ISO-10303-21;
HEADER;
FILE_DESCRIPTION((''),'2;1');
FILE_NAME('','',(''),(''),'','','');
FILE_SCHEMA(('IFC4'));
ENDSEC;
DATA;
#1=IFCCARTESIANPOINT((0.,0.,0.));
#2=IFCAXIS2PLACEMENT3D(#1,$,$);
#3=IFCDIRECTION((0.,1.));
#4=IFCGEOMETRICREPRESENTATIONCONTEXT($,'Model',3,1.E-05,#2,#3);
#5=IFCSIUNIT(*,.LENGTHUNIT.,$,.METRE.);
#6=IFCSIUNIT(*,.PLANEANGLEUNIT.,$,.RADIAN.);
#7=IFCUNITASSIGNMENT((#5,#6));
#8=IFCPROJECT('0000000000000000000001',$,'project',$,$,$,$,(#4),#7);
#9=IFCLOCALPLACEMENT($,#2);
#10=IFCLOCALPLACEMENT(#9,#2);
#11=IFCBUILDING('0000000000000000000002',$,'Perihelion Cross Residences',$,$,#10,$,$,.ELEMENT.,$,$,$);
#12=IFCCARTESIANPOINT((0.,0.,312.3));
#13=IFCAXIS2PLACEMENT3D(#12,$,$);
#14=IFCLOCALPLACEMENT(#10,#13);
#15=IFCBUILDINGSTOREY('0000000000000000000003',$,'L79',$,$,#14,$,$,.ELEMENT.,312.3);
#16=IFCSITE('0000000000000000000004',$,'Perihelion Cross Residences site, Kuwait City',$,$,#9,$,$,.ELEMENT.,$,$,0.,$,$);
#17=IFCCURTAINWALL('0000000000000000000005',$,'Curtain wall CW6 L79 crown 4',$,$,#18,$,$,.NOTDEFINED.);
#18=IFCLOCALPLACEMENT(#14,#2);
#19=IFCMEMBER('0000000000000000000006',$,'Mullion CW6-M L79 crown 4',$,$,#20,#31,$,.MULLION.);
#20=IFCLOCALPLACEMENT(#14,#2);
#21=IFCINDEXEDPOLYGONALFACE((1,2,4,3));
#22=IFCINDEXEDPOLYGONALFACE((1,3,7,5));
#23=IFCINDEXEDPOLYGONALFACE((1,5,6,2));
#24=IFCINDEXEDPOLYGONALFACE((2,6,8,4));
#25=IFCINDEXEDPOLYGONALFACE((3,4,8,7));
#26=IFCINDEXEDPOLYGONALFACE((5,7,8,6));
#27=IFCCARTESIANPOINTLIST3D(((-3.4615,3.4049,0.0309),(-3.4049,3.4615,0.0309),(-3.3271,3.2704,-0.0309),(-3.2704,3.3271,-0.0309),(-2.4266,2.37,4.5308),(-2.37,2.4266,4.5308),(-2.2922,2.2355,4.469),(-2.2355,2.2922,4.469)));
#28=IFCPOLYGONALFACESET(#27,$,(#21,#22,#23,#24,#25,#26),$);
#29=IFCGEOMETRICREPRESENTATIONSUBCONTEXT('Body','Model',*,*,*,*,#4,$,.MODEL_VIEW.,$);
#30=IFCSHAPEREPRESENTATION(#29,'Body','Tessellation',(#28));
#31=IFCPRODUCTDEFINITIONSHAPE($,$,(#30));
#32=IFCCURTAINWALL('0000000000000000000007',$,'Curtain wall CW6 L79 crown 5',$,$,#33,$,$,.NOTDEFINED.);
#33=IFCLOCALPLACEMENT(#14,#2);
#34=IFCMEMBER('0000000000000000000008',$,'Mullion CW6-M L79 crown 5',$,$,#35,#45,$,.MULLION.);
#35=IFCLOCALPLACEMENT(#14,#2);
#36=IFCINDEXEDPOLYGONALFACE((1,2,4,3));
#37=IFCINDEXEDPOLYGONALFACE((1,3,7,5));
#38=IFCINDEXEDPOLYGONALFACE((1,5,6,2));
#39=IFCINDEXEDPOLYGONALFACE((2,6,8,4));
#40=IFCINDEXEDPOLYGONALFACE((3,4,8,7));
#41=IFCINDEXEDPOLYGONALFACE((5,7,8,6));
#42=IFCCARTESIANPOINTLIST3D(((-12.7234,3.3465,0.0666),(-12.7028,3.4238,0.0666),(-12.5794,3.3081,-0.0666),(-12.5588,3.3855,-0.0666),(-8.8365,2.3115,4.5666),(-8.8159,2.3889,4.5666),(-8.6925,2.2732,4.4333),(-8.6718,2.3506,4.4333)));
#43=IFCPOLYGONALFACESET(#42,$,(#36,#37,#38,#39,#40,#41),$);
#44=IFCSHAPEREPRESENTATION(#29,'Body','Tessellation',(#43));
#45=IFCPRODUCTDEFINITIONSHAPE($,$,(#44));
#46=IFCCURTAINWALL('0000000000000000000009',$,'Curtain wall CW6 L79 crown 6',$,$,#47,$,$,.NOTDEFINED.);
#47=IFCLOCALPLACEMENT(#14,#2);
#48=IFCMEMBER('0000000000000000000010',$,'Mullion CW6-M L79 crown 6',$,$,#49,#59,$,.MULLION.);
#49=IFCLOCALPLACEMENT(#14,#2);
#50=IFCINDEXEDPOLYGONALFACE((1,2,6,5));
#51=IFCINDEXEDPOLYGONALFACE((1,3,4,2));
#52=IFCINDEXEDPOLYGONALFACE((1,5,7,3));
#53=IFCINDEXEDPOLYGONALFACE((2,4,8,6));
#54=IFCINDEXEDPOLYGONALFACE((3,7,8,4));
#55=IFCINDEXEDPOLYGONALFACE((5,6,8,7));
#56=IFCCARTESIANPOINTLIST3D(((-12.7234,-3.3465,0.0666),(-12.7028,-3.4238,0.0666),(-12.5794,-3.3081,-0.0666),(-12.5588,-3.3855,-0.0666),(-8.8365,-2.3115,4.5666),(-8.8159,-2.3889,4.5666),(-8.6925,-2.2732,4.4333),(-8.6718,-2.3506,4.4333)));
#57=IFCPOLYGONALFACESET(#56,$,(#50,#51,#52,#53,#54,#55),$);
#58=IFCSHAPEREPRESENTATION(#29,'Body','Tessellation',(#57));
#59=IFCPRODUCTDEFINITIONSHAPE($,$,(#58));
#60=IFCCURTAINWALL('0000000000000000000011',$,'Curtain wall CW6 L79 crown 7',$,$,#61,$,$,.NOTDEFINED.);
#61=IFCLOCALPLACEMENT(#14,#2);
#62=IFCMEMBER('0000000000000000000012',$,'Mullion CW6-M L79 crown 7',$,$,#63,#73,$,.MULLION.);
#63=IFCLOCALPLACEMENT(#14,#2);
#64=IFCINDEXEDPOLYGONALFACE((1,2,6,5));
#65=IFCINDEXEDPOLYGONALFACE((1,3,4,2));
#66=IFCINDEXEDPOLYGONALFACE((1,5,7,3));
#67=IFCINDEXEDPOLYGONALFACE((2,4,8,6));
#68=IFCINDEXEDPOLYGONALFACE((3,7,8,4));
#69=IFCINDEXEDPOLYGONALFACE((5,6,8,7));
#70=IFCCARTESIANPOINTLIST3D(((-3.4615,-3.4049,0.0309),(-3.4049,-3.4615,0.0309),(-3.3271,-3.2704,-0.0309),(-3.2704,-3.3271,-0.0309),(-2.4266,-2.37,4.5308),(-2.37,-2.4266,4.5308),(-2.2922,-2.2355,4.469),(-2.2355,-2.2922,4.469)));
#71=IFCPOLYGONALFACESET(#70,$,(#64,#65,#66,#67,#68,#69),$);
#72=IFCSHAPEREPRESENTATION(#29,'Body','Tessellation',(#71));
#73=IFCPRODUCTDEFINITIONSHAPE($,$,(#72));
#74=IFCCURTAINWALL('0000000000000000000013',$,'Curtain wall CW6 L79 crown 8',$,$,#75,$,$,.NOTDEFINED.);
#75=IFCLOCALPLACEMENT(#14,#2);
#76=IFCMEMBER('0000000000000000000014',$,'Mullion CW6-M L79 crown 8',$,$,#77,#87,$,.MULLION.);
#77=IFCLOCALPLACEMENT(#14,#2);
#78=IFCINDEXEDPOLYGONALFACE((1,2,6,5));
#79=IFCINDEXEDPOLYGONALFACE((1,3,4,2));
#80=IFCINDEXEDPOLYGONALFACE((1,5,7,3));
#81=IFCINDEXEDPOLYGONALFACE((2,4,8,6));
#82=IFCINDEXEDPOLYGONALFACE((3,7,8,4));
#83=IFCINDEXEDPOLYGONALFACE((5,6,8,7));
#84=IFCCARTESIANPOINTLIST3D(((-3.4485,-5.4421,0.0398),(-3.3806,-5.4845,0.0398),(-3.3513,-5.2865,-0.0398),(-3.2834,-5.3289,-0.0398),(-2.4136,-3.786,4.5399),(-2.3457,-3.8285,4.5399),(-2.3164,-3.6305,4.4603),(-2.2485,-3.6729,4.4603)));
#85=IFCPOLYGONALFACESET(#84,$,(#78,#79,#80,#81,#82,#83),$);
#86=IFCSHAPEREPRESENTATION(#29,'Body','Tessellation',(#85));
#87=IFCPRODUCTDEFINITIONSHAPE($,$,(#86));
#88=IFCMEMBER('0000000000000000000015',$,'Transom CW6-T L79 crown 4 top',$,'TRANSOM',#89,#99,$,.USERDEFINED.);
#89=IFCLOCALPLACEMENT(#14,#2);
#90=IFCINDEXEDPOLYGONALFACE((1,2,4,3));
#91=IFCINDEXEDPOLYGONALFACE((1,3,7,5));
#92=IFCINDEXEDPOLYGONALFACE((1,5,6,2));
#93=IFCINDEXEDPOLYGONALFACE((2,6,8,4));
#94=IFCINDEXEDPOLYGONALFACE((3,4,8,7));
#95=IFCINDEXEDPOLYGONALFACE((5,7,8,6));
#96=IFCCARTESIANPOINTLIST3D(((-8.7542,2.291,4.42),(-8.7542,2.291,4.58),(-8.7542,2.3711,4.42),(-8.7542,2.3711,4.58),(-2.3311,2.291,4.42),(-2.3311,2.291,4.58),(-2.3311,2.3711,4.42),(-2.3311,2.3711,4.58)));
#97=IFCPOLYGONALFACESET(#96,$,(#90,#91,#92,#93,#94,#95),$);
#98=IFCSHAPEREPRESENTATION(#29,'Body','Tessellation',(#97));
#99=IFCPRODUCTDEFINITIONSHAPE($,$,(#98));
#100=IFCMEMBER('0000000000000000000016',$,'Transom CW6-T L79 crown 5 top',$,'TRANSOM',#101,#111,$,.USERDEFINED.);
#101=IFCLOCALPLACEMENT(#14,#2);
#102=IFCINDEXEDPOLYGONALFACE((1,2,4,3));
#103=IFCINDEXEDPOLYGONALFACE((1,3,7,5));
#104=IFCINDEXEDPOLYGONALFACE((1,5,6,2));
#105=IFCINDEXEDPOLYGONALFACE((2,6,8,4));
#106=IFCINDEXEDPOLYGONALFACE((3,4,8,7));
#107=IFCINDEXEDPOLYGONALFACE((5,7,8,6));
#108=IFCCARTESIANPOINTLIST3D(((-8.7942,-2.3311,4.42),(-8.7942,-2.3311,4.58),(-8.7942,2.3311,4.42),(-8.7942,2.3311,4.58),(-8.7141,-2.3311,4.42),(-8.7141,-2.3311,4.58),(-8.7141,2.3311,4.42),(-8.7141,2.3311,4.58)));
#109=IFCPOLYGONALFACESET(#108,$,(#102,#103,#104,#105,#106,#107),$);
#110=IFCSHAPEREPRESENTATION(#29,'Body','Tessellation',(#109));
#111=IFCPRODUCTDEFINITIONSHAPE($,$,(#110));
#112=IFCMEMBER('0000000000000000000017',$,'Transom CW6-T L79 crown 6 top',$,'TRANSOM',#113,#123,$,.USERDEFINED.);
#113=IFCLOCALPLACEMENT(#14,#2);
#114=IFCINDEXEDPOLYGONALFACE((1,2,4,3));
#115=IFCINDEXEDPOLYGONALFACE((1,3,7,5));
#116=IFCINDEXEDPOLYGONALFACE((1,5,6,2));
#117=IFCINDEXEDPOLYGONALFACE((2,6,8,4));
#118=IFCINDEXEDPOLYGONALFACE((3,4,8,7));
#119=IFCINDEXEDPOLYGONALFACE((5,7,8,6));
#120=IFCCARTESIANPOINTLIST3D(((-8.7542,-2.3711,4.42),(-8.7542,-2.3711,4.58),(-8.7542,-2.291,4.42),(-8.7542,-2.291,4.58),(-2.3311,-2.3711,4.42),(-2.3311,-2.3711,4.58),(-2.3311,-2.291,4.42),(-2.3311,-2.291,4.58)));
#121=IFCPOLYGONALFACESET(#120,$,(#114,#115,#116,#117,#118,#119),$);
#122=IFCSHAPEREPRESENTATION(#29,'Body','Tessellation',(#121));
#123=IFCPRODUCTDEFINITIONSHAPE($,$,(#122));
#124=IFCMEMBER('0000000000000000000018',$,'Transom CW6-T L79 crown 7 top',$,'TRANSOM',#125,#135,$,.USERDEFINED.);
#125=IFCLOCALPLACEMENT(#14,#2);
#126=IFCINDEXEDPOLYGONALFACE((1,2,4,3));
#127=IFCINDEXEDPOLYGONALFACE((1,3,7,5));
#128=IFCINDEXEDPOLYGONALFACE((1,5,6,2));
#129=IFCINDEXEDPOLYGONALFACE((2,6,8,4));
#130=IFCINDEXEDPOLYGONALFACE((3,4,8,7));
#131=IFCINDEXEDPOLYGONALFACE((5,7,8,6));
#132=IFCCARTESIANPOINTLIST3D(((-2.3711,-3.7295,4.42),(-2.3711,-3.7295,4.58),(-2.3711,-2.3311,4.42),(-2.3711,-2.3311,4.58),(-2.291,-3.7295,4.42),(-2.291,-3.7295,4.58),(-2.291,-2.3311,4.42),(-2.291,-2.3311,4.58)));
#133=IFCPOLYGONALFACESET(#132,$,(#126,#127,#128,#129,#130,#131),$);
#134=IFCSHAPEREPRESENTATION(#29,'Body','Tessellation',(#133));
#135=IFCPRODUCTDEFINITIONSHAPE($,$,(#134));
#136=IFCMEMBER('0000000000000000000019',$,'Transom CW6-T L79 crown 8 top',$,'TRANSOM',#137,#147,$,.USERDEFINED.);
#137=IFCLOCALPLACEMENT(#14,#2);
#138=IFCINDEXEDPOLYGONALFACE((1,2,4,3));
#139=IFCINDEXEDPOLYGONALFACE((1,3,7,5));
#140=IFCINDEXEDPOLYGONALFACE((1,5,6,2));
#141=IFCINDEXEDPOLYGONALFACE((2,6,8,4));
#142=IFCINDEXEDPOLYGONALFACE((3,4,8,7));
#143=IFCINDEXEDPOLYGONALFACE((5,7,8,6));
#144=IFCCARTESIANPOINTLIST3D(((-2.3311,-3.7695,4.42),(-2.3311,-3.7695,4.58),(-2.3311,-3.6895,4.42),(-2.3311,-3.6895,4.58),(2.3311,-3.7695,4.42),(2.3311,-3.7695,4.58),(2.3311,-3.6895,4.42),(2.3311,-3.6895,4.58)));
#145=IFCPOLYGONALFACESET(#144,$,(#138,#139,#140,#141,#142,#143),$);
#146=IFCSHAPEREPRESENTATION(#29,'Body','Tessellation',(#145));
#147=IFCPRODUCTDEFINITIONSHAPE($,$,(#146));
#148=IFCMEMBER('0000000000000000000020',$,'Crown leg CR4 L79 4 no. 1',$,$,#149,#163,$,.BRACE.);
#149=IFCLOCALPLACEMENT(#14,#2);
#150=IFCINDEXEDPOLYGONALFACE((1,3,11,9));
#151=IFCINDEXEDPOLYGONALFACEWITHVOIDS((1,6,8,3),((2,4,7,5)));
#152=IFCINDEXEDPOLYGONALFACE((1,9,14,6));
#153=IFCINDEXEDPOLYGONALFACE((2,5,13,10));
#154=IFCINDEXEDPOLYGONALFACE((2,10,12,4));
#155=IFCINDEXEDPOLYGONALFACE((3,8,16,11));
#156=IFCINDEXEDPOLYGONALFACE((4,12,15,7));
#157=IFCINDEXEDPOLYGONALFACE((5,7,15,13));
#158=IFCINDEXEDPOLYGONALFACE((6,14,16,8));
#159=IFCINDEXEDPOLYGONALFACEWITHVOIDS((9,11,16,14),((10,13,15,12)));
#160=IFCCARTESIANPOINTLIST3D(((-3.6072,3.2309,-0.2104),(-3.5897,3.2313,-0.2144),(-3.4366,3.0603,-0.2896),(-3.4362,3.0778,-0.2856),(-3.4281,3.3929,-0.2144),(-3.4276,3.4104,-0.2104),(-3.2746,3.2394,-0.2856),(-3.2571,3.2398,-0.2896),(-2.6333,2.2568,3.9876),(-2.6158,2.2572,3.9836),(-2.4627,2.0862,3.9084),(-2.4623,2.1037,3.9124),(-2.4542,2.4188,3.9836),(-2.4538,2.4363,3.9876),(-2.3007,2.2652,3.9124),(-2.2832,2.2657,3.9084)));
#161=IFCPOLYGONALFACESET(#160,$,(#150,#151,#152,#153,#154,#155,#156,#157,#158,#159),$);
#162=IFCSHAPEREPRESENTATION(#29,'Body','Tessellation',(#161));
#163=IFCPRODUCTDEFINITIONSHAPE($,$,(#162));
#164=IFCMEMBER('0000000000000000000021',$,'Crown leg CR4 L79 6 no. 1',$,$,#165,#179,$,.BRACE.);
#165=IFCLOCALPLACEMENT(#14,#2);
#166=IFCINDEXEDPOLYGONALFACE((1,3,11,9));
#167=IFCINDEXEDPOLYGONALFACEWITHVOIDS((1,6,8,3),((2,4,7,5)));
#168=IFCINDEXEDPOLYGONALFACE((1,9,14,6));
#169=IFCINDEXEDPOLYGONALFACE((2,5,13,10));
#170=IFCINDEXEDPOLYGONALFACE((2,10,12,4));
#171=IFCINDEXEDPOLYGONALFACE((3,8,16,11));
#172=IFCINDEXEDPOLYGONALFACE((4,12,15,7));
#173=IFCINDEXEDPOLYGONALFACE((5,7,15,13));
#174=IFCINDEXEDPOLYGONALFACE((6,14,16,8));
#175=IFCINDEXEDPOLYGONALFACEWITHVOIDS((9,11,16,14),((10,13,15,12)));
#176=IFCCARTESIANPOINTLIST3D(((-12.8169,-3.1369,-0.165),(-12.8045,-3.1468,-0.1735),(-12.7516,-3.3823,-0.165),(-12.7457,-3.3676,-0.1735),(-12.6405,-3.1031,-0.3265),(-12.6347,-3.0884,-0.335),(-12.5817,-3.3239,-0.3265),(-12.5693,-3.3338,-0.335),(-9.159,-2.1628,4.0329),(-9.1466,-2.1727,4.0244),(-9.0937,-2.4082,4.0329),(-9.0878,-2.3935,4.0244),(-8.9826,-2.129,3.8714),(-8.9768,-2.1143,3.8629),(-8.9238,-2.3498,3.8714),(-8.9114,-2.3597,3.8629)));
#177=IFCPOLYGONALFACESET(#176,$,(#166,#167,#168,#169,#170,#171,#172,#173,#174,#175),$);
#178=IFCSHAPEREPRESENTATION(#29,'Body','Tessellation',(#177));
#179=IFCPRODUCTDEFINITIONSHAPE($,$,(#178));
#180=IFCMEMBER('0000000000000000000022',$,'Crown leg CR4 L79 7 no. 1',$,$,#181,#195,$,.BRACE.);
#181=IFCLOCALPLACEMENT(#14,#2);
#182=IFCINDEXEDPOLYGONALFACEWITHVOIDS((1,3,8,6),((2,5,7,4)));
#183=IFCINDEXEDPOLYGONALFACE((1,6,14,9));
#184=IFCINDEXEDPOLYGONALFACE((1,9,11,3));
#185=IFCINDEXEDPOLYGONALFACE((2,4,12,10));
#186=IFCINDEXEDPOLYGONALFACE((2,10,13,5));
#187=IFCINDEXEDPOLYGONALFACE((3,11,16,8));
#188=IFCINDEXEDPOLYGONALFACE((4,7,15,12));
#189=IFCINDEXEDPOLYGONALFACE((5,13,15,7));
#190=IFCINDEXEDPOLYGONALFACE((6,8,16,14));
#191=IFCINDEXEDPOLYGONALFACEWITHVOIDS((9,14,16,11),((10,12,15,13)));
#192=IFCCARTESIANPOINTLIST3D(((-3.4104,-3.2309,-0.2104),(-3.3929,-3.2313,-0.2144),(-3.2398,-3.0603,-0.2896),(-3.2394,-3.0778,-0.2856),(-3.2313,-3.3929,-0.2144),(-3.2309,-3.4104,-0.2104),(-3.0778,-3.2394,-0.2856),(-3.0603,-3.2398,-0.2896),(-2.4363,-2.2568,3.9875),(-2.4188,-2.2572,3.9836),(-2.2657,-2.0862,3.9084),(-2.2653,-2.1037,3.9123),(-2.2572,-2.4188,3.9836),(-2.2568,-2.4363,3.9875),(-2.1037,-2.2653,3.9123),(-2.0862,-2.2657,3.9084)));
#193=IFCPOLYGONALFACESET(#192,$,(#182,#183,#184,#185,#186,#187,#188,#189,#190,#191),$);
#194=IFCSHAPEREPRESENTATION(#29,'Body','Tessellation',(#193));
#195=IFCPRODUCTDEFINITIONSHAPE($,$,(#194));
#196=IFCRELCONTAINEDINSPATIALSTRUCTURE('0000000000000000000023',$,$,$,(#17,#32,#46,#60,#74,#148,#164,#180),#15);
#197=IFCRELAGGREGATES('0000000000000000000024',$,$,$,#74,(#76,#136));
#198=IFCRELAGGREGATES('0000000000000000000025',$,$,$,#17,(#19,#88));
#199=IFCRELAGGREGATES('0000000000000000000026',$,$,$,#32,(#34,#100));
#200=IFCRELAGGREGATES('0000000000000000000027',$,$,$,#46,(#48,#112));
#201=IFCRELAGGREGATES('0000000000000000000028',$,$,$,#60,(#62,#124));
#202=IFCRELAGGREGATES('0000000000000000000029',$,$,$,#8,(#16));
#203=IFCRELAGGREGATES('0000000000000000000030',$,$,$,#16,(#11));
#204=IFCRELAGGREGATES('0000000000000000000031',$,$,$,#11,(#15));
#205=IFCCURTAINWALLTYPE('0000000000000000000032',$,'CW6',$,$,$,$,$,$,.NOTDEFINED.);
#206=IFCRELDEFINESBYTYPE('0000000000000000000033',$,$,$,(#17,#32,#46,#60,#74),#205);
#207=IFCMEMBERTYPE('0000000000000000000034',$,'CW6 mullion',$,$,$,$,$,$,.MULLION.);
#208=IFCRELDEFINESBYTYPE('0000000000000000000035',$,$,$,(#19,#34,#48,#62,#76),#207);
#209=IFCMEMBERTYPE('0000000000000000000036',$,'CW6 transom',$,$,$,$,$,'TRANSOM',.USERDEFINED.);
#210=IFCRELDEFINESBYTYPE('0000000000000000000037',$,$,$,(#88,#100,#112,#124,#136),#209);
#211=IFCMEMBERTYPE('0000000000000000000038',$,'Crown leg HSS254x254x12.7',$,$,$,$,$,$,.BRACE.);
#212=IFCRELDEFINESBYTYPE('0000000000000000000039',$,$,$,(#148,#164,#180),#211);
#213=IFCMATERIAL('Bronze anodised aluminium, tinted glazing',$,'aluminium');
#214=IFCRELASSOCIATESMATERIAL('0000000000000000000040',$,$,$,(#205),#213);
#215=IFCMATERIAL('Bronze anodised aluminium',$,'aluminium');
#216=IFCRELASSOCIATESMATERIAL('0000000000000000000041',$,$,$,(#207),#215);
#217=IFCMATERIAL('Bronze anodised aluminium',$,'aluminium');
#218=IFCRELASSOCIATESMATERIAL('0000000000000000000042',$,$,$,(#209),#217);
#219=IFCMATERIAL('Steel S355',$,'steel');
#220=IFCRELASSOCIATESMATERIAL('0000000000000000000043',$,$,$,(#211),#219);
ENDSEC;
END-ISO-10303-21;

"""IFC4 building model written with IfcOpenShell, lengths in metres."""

from ifc_helpers import new_model, si_unit, direction, frame, origin, origin_2d, place, context, subcontext, project, spatial, rectangle, hollow_rectangle, extrude, material, material_profile, profile_set, type_object, element, aggregate, save


model = new_model("IFC4")

# Units and contexts
model_context = context("Model", 3, precision=1e-05, world=origin(), true_north=direction((0.0, 1.0)))
body_context = subcontext(model_context, "Body", "Model", "MODEL_VIEW")
ifc_project = project(units=[si_unit("LENGTHUNIT", "METRE"), si_unit("PLANEANGLEUNIT", "RADIAN")], contexts=[model_context])

# Site, building, storey
site_placement = place(None, origin())
site = spatial("IfcSite", under=ifc_project, at=site_placement, Name="Perihelion Cross Residences site, Kuwait City", CompositionType="ELEMENT", RefElevation=0.0)
building_placement = place(site_placement, origin())
building = spatial("IfcBuilding", under=site, at=building_placement, Name="Perihelion Cross Residences", CompositionType="ELEMENT")
storey_placement = place(building_placement, frame((0.0, 0.0, 312.3)))
storey = spatial("IfcBuildingStorey", under=building, at=storey_placement, Name="L79", CompositionType="ELEMENT", Elevation=312.3)

# Curtain walls, members
ifc_material_1 = material(Name="Bronze anodised aluminium, tinted glazing", Category="aluminium")
curtain_wall_type = type_object("IfcCurtainWallType", Name="CW6", PredefinedType="NOTDEFINED", material=ifc_material_1)
curtain_wall_1_placement = place(storey_placement, origin())
curtain_wall_1 = element("IfcCurtainWall", 1, at=curtain_wall_1_placement, inside=storey, type_object=curtain_wall_type, Name="Curtain wall CW6 L79 crown 4", PredefinedType="NOTDEFINED")
ifc_material_2 = material(Name="Bronze anodised aluminium", Category="aluminium")
ifc_material_profile_1 = material_profile(ifc_material_2, rectangle(XDim=0.0801, YDim=0.2, at=origin_2d()), Name="CW6 mullion")
ifc_profile_set_1 = profile_set([ifc_material_profile_1], Name="Bronze anodised aluminium")
member_type_1 = type_object("IfcMemberType", Name="CW6 mullion", PredefinedType="MULLION", material=ifc_profile_set_1)
member_1_placement = place(storey_placement, frame((-3.366, 3.366, 0.0), z_axis=(0.218704, -0.218704, 0.950967), x_axis=(0.707107, 0.707107, 0.0)))
member_1 = element("IfcMember", 2, at=member_1_placement, type_object=member_type_1, Name="Mullion CW6-M L79 crown 4", PredefinedType="MULLION", context=body_context, shape_type="SweptSolid", body=[
    extrude(rectangle(XDim=0.0801, YDim=0.2, at=origin_2d()), origin(), (0.0, 0.0, 1.0), 4.7319),
])
curtain_wall_2_placement = place(storey_placement, origin())
curtain_wall_2 = element("IfcCurtainWall", 3, at=curtain_wall_2_placement, inside=storey, type_object=curtain_wall_type, Name="Curtain wall CW6 L79 crown 5", PredefinedType="NOTDEFINED")
member_2_placement = place(storey_placement, frame((-12.6411, 3.366, 0.0), z_axis=(0.643997, -0.171465, 0.745565), x_axis=(0.257289, 0.966335, 0.0)))
member_2 = element("IfcMember", 4, at=member_2_placement, type_object=member_type_1, Name="Mullion CW6-M L79 crown 5", PredefinedType="MULLION", context=body_context, shape_type="SweptSolid", body=[
    extrude(rectangle(XDim=0.0801, YDim=0.2, at=origin_2d()), origin(), (0.0, 0.0, 1.0), 6.0356),
])
curtain_wall_3_placement = place(storey_placement, origin())
curtain_wall_3 = element("IfcCurtainWall", 5, at=curtain_wall_3_placement, inside=storey, type_object=curtain_wall_type, Name="Curtain wall CW6 L79 crown 6", PredefinedType="NOTDEFINED")
member_3_placement = place(storey_placement, frame((-12.6411, -3.366, 0.0), z_axis=(0.643997, 0.171465, 0.745565), x_axis=(-0.257289, 0.966335, 0.0)))
member_3 = element("IfcMember", 6, at=member_3_placement, type_object=member_type_1, Name="Mullion CW6-M L79 crown 6", PredefinedType="MULLION", context=body_context, shape_type="SweptSolid", body=[
    extrude(rectangle(XDim=0.0801, YDim=0.2, at=origin_2d()), origin(), (0.0, 0.0, 1.0), 6.0356),
])
curtain_wall_4_placement = place(storey_placement, origin())
curtain_wall_4 = element("IfcCurtainWall", 7, at=curtain_wall_4_placement, inside=storey, type_object=curtain_wall_type, Name="Curtain wall CW6 L79 crown 7", PredefinedType="NOTDEFINED")
member_4_placement = place(storey_placement, frame((-3.366, -3.366, 0.0), z_axis=(0.218704, 0.218704, 0.950967), x_axis=(-0.707107, 0.707107, 0.0)))
member_4 = element("IfcMember", 8, at=member_4_placement, type_object=member_type_1, Name="Mullion CW6-M L79 crown 7", PredefinedType="MULLION", context=body_context, shape_type="SweptSolid", body=[
    extrude(rectangle(XDim=0.0801, YDim=0.2, at=origin_2d()), origin(), (0.0, 0.0, 1.0), 4.7319),
])
curtain_wall_5_placement = place(storey_placement, origin())
curtain_wall_5 = element("IfcCurtainWall", 9, at=curtain_wall_5_placement, inside=storey, type_object=curtain_wall_type, Name="Curtain wall CW6 L79 crown 8", PredefinedType="NOTDEFINED")
member_5_placement = place(storey_placement, frame((-3.366, -5.3855, 0.0), z_axis=(0.210972, 0.337585, 0.917348), x_axis=(-0.848019, 0.529965, 0.0)))
member_5 = element("IfcMember", 10, at=member_5_placement, type_object=member_type_1, Name="Mullion CW6-M L79 crown 8", PredefinedType="MULLION", context=body_context, shape_type="SweptSolid", body=[
    extrude(rectangle(XDim=0.0801, YDim=0.2, at=origin_2d()), origin(), (0.0, 0.0, 1.0), 4.9055),
])

# Members
ifc_material_3 = material(Name="Bronze anodised aluminium", Category="aluminium")
ifc_material_profile_2 = material_profile(ifc_material_3, rectangle(XDim=0.0801, YDim=0.1599, at=origin_2d()), Name="CW6 transom")
ifc_profile_set_2 = profile_set([ifc_material_profile_2], Name="Bronze anodised aluminium")
member_type_2 = type_object("IfcMemberType", Name="CW6 transom", ElementType="TRANSOM", PredefinedType="USERDEFINED", material=ifc_profile_set_2)
member_6_placement = place(storey_placement, frame((-2.3311, 2.3311, 4.5), z_axis=(-1.0, 0.0, 0.0), x_axis=(0.0, -1.0, 0.0)))
member_6 = element("IfcMember", 11, at=member_6_placement, type_object=member_type_2, Name="Transom CW6-T L79 crown 4 top", ObjectType="TRANSOM", PredefinedType="USERDEFINED", context=body_context, shape_type="SweptSolid", body=[
    extrude(rectangle(XDim=0.0801, YDim=0.1599, at=origin_2d()), origin(), (0.0, 0.0, 1.0), 6.4231),
])
member_7_placement = place(storey_placement, frame((-8.7542, 2.3311, 4.5), z_axis=(0.0, -1.0, 0.0), x_axis=(1.0, 0.0, 0.0)))
member_7 = element("IfcMember", 12, at=member_7_placement, type_object=member_type_2, Name="Transom CW6-T L79 crown 5 top", ObjectType="TRANSOM", PredefinedType="USERDEFINED", context=body_context, shape_type="SweptSolid", body=[
    extrude(rectangle(XDim=0.0801, YDim=0.1599, at=origin_2d()), origin(), (0.0, 0.0, 1.0), 4.6621),
])
member_8_placement = place(storey_placement, frame((-8.7542, -2.3311, 4.5), z_axis=(1.0, 0.0, 0.0), x_axis=(0.0, 1.0, 0.0)))
member_8 = element("IfcMember", 13, at=member_8_placement, type_object=member_type_2, Name="Transom CW6-T L79 crown 6 top", ObjectType="TRANSOM", PredefinedType="USERDEFINED", context=body_context, shape_type="SweptSolid", body=[
    extrude(rectangle(XDim=0.0801, YDim=0.1599, at=origin_2d()), origin(), (0.0, 0.0, 1.0), 6.4231),
])
member_9_placement = place(storey_placement, frame((-2.3311, -2.3311, 4.5), z_axis=(0.0, -1.0, 0.0), x_axis=(1.0, 0.0, 0.0)))
member_9 = element("IfcMember", 14, at=member_9_placement, type_object=member_type_2, Name="Transom CW6-T L79 crown 7 top", ObjectType="TRANSOM", PredefinedType="USERDEFINED", context=body_context, shape_type="SweptSolid", body=[
    extrude(rectangle(XDim=0.0801, YDim=0.1599, at=origin_2d()), origin(), (0.0, 0.0, 1.0), 1.3984),
])
member_10_placement = place(storey_placement, frame((-2.3311, -3.7295, 4.5), z_axis=(1.0, 0.0, 0.0), x_axis=(0.0, 1.0, 0.0)))
member_10 = element("IfcMember", 15, at=member_10_placement, type_object=member_type_2, Name="Transom CW6-T L79 crown 8 top", ObjectType="TRANSOM", PredefinedType="USERDEFINED", context=body_context, shape_type="SweptSolid", body=[
    extrude(rectangle(XDim=0.0801, YDim=0.1599, at=origin_2d()), origin(), (0.0, 0.0, 1.0), 4.6621),
])
aggregate(curtain_wall_5, [member_5, member_10])

# Members
ifc_material_4 = material(Name="Steel S355", Category="steel")
ifc_material_profile_3 = material_profile(ifc_material_4, hollow_rectangle(XDim=0.2539, YDim=0.2539, WallThickness=0.0127, at=origin_2d()), Name="HSS254x254x12.7")
ifc_profile_set_3 = profile_set([ifc_material_profile_3], Name="Steel S355")
member_type_3 = type_object("IfcMemberType", Name="Crown leg HSS254x254x12.7", PredefinedType="BRACE", material=ifc_profile_set_3)
member_11_placement = place(storey_placement, frame((-3.4321, 3.2354, -0.25), z_axis=(0.220424, -0.220479, 0.950159), x_axis=(0.707195, 0.707018, 0.0)))
element("IfcMember", 16, at=member_11_placement, inside=storey, type_object=member_type_3, Name="Crown leg CR4 L79 4 no. 1", PredefinedType="BRACE", context=body_context, shape_type="SweptSolid", body=[
    extrude(hollow_rectangle(XDim=0.2539, YDim=0.2539, WallThickness=0.0127, at=origin_2d()), origin(), (0.0, 0.0, 1.0), 4.4182),
])
member_12_placement = place(storey_placement, frame((-12.6931, -3.2354, -0.25), z_axis=(0.64712, 0.172329, 0.742657), x_axis=(-0.257333, 0.966323, 0.0)))
element("IfcMember", 17, at=member_12_placement, inside=storey, type_object=member_type_3, Name="Crown leg CR4 L79 6 no. 1", PredefinedType="BRACE", context=body_context, shape_type="SweptSolid", body=[
    extrude(hollow_rectangle(XDim=0.2539, YDim=0.2539, WallThickness=0.0127, at=origin_2d()), origin(), (0.0, 0.0, 1.0), 5.6526),
])
member_13_placement = place(storey_placement, frame((-3.2354, -3.2354, -0.25), z_axis=(0.220476, 0.220476, 0.950148), x_axis=(-0.707107, 0.707107, 0.0)))
element("IfcMember", 18, at=member_13_placement, inside=storey, type_object=member_type_3, Name="Crown leg CR4 L79 7 no. 1", PredefinedType="BRACE", context=body_context, shape_type="SweptSolid", body=[
    extrude(hollow_rectangle(XDim=0.2539, YDim=0.2539, WallThickness=0.0127, at=origin_2d()), origin(), (0.0, 0.0, 1.0), 4.4182),
])

aggregate(curtain_wall_1, [member_1, member_6])
aggregate(curtain_wall_2, [member_2, member_7])
aggregate(curtain_wall_3, [member_3, member_8])
aggregate(curtain_wall_4, [member_4, member_9])

save(model, "model.ifc")
